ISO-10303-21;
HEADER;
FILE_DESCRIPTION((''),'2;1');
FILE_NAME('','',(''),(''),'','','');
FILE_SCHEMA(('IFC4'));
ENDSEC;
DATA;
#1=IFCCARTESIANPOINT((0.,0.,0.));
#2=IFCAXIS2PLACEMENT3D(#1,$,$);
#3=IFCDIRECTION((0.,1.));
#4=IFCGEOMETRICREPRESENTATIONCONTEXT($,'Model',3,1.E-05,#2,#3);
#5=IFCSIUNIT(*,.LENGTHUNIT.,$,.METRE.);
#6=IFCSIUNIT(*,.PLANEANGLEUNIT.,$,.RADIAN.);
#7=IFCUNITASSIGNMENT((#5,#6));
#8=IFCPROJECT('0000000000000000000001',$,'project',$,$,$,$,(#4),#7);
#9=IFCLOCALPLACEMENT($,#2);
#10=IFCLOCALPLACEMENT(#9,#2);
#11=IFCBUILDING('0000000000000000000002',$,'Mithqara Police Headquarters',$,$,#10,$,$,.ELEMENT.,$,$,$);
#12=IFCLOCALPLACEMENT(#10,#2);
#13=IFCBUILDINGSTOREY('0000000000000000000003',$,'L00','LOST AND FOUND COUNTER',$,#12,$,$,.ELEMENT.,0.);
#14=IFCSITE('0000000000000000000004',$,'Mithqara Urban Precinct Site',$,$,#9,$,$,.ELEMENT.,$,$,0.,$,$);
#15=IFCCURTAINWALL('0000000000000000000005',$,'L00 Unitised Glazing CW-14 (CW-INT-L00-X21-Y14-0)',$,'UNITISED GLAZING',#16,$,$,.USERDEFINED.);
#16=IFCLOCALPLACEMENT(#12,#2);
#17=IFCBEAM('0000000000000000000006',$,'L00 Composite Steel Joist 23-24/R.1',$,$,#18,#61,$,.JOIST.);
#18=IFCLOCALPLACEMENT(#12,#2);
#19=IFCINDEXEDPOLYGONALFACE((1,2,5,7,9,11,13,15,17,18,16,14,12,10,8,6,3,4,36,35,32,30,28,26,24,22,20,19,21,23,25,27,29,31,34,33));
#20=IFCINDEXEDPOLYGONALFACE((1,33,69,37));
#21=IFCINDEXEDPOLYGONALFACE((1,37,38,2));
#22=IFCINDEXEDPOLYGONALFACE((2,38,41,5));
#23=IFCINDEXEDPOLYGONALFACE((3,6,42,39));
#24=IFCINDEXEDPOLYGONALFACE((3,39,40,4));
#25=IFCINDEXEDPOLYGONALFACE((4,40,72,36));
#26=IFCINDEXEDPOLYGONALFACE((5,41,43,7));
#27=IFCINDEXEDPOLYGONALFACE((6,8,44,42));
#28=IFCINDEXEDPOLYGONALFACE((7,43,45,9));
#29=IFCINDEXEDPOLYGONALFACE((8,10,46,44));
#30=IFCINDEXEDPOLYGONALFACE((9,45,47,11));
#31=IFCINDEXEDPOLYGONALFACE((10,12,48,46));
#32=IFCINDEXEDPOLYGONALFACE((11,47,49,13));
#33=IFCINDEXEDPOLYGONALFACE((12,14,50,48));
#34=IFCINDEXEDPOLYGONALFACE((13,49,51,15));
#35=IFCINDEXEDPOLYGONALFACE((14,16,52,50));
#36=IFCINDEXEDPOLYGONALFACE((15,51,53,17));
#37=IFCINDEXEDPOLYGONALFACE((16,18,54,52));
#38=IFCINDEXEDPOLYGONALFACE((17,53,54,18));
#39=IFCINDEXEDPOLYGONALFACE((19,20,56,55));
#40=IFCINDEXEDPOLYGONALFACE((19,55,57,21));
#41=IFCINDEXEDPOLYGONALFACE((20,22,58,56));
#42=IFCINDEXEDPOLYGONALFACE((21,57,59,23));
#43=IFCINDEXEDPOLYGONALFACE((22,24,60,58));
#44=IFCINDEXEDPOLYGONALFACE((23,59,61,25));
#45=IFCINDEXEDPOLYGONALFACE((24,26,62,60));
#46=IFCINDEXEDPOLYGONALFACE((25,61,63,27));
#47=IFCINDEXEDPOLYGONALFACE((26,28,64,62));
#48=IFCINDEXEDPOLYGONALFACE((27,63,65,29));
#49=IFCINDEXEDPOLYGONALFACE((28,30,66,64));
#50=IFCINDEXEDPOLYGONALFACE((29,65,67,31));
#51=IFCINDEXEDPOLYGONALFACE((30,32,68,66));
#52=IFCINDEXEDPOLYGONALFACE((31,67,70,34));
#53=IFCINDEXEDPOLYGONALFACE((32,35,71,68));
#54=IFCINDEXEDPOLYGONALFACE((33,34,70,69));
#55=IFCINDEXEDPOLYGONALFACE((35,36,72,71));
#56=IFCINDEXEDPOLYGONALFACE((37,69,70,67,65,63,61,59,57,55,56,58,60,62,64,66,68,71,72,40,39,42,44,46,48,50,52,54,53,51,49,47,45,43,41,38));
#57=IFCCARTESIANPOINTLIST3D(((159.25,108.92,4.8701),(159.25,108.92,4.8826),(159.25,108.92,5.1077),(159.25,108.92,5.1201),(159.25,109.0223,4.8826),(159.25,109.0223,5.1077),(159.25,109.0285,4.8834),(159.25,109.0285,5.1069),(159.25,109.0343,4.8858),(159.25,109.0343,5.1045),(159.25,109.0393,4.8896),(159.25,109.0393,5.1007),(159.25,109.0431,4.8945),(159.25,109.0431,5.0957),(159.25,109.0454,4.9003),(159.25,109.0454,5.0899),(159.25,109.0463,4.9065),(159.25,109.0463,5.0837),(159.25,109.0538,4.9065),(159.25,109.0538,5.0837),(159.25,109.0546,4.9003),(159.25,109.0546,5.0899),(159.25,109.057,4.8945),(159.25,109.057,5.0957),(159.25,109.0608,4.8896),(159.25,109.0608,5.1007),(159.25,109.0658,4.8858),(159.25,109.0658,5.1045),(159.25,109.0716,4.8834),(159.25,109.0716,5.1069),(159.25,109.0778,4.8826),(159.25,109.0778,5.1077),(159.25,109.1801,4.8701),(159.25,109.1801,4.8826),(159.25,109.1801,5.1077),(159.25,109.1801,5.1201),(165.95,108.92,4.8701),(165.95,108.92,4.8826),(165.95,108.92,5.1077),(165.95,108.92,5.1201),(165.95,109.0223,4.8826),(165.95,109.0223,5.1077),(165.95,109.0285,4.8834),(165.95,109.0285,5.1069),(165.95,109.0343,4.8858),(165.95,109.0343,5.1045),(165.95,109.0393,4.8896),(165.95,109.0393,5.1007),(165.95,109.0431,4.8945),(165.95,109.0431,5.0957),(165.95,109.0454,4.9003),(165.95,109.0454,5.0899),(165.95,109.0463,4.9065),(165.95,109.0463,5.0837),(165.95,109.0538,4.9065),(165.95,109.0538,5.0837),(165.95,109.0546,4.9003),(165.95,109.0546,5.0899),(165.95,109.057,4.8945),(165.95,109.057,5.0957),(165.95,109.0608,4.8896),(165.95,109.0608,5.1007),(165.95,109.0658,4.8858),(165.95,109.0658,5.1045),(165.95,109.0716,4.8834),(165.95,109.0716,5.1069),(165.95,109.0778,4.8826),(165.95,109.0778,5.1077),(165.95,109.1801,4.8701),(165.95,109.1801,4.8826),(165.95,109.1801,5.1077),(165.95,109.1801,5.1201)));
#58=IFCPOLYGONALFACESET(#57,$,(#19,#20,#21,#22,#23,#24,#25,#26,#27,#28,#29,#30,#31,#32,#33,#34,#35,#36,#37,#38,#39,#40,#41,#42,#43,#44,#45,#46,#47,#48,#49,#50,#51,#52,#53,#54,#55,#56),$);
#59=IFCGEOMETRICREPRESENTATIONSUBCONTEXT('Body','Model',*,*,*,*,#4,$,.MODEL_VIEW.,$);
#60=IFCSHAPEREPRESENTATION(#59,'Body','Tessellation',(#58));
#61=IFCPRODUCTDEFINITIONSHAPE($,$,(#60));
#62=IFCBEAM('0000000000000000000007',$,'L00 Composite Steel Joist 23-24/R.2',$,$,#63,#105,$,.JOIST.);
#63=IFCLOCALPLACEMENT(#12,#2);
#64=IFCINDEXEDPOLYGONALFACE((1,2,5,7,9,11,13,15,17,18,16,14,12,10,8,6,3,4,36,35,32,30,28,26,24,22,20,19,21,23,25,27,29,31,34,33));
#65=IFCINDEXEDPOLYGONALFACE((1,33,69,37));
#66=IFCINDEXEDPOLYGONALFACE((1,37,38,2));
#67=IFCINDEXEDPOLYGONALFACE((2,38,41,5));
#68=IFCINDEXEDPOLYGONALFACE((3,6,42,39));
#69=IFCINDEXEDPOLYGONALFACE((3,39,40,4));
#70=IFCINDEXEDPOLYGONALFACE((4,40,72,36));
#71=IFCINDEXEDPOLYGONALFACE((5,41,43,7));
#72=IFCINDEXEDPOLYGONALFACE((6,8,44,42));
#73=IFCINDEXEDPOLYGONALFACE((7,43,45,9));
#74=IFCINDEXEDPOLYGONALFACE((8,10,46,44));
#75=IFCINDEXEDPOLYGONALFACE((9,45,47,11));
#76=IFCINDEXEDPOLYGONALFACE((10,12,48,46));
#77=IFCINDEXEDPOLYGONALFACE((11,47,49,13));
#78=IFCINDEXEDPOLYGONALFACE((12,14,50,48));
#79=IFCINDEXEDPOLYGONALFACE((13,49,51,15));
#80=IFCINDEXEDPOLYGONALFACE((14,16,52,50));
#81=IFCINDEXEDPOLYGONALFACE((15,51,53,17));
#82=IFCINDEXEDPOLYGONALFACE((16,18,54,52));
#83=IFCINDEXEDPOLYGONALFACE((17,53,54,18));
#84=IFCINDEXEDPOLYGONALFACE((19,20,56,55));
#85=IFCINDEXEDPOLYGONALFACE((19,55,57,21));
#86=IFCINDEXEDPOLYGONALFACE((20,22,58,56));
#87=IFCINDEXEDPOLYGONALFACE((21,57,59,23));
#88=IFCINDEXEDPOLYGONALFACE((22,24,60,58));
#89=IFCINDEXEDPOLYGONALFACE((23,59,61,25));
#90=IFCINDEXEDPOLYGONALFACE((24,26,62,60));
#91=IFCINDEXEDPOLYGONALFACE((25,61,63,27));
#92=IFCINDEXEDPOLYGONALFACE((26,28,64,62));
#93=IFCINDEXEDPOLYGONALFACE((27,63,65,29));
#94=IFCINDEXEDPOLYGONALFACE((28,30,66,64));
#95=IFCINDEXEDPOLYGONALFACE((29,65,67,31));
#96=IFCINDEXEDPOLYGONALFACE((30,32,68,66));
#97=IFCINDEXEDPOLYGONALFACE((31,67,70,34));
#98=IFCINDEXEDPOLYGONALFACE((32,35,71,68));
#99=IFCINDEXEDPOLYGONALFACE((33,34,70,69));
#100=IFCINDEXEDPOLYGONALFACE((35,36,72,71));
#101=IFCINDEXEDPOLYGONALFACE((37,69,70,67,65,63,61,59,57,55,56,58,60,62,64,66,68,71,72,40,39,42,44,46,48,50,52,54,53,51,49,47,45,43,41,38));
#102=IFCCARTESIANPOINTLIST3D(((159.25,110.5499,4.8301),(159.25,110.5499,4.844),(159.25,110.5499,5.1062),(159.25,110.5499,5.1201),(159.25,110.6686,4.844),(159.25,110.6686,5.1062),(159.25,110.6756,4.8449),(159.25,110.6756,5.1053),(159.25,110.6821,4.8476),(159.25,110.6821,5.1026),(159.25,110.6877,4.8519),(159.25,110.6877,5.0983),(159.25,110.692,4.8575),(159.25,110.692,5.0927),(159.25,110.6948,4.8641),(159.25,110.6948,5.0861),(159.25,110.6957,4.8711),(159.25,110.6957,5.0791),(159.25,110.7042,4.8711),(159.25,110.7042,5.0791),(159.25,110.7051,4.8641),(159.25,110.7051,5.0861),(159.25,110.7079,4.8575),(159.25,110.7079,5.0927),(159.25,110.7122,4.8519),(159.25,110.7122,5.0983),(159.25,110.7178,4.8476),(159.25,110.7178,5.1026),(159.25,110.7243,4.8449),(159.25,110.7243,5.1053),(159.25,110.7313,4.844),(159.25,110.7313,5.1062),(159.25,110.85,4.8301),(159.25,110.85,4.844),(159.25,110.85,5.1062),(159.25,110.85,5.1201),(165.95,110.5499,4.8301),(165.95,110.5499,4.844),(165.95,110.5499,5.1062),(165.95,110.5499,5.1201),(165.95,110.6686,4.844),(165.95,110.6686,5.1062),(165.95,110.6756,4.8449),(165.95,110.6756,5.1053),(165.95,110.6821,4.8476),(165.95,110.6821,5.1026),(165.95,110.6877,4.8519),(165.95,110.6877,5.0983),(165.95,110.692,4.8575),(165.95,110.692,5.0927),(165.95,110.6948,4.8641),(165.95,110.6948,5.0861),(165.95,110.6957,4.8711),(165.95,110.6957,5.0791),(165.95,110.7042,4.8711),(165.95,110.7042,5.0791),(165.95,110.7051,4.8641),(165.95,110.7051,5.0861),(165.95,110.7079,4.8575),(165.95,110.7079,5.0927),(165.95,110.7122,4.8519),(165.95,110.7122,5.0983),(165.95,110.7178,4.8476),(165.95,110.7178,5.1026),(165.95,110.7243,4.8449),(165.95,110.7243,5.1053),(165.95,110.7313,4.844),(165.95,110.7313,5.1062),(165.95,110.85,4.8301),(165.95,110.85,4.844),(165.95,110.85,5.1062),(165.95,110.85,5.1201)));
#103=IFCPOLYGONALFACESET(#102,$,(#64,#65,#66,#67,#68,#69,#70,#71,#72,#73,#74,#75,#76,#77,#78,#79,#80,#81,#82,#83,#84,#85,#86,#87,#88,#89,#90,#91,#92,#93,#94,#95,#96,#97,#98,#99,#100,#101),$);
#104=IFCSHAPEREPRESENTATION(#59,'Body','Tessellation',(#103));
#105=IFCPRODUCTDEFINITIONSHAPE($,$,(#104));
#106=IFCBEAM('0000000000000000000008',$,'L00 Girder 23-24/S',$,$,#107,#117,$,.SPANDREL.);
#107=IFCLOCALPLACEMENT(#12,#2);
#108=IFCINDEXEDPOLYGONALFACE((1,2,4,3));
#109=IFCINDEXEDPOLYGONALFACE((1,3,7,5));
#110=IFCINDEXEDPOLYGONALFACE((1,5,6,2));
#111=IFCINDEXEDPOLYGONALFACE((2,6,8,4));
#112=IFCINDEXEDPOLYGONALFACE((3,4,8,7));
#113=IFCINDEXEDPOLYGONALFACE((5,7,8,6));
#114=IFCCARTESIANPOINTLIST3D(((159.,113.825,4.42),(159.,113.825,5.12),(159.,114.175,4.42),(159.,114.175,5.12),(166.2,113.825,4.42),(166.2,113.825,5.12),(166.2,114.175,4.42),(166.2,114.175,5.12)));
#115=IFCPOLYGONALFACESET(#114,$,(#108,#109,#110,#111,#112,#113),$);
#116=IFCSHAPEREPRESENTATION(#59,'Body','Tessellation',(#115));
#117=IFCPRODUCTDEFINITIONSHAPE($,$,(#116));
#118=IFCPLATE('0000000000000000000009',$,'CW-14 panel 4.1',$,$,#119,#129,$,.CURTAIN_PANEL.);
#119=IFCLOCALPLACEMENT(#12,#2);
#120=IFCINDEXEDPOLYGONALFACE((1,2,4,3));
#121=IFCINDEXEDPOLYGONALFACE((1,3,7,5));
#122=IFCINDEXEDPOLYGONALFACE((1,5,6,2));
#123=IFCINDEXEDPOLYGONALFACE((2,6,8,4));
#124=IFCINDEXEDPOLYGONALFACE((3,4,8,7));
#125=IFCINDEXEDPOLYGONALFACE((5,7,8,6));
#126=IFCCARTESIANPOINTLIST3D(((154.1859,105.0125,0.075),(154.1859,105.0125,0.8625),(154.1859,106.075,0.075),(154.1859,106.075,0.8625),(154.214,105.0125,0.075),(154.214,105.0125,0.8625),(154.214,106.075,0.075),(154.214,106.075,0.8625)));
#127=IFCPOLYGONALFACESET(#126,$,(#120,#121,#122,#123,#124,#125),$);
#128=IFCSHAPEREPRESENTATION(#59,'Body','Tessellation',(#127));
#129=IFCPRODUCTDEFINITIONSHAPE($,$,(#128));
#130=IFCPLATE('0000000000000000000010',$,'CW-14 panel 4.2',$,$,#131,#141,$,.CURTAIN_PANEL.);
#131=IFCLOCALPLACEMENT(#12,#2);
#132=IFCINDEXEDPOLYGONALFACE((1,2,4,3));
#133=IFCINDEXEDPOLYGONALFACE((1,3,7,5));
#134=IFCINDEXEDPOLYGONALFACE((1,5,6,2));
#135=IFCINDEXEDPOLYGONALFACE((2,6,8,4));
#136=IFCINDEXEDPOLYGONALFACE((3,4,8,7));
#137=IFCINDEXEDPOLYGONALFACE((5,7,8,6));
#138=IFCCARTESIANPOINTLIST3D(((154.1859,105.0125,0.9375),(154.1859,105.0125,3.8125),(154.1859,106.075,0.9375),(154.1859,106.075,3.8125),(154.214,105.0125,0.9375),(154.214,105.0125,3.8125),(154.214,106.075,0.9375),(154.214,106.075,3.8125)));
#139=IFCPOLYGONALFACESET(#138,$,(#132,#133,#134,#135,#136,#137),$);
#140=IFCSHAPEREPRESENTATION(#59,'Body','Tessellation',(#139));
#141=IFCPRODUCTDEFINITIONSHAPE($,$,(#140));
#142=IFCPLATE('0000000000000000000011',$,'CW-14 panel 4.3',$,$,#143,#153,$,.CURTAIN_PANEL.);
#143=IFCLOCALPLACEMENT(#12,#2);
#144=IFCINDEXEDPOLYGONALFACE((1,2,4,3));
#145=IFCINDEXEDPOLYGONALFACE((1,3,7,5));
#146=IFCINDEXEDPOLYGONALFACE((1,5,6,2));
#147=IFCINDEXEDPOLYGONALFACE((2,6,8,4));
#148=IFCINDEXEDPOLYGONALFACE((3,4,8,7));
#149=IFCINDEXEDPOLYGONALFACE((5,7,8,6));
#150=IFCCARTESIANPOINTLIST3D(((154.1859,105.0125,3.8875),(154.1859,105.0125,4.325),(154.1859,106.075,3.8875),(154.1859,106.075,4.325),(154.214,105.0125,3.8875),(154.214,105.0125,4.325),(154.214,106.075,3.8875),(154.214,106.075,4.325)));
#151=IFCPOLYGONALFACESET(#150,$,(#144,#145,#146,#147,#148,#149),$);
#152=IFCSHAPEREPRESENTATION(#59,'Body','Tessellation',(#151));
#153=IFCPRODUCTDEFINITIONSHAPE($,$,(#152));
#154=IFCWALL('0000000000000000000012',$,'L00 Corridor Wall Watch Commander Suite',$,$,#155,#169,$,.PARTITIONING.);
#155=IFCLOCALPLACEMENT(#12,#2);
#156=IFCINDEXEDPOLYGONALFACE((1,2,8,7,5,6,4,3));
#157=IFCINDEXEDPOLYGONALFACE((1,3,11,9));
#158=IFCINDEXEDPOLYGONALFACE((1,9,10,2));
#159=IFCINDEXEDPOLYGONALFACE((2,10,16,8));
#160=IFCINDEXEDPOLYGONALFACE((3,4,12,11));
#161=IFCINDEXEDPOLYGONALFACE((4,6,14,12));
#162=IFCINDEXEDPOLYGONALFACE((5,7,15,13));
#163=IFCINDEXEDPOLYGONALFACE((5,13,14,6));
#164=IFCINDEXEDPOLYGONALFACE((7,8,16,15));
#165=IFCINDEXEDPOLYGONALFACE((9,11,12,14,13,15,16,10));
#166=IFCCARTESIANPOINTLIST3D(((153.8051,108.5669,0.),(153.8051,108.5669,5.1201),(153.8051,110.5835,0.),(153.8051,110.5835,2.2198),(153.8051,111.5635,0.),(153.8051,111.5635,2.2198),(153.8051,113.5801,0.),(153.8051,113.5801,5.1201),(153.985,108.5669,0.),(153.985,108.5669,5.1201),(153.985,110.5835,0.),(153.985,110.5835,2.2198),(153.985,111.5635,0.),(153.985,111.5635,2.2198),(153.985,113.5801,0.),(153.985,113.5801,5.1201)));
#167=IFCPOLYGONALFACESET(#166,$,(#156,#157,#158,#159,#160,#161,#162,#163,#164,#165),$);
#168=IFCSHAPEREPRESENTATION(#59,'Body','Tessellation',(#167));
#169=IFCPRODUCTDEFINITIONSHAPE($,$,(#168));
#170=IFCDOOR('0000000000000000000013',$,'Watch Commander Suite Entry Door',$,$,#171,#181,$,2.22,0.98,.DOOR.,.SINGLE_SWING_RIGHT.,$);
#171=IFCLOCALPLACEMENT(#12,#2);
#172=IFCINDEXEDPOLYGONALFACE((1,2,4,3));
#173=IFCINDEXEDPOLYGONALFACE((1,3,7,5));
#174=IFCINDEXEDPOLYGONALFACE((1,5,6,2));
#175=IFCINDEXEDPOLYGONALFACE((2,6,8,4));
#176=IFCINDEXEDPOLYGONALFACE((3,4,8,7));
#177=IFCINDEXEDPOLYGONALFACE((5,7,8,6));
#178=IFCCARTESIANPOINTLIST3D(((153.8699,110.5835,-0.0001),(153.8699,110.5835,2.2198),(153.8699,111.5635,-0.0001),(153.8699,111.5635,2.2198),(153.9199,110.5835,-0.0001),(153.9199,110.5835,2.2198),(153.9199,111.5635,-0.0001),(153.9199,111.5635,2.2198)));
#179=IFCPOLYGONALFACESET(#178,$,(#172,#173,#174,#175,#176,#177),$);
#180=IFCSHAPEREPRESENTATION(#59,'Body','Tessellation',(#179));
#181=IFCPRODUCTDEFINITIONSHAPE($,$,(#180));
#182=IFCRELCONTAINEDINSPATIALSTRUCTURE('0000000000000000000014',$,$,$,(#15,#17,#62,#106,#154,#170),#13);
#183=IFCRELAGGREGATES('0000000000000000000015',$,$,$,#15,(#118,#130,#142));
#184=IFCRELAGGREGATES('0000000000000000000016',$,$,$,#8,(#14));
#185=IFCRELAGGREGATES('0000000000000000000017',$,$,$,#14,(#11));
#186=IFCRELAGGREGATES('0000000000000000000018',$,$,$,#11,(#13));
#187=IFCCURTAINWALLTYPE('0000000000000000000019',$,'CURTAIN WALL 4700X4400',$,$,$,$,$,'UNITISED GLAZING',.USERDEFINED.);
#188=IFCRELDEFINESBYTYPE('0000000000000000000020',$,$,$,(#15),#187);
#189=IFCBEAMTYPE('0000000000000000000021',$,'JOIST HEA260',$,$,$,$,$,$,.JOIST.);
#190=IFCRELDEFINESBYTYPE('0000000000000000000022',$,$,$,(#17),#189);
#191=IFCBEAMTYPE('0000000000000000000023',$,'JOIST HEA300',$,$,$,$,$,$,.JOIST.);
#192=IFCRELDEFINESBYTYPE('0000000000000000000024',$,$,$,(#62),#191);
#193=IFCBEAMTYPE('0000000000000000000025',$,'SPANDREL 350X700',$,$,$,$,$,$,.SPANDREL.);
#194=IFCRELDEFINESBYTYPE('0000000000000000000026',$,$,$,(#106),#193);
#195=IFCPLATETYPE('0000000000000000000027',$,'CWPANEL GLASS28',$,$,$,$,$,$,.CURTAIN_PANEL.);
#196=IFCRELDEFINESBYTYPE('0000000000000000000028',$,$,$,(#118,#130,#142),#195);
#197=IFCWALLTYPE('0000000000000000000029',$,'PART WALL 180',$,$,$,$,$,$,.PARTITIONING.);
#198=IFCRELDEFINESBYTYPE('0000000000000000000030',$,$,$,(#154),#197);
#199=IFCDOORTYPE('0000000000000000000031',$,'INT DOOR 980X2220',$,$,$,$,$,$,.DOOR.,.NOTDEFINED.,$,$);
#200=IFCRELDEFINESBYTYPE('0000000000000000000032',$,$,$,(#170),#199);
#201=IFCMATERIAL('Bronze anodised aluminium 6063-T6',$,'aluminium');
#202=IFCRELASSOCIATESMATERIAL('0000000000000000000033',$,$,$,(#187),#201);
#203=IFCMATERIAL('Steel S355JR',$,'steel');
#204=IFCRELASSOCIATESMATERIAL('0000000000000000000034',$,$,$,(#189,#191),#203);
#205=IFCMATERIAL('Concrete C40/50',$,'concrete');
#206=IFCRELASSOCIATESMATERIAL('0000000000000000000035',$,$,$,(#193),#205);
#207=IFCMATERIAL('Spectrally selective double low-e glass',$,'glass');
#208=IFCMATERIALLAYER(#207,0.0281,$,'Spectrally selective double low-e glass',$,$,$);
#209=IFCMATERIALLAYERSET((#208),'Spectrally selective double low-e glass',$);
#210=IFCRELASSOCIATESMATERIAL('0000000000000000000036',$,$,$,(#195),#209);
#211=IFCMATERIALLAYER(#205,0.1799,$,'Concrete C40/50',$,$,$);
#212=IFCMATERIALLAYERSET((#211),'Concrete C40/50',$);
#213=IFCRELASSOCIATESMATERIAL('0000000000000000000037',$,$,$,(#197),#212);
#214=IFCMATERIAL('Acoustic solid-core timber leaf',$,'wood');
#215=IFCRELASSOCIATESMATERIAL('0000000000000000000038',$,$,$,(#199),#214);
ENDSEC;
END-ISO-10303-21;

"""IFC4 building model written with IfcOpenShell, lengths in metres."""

from ifc_helpers import new_model, si_unit, direction, frame, frame_2d, origin, origin_2d, place, context, subcontext, project, spatial, rectangle, i_section, extrude, material, layer, layer_set, material_profile, profile_set, type_object, element, fill, aggregate, save


model = new_model("IFC4")

# Units and contexts
model_context = context("Model", 3, precision=1e-05, world=origin(), true_north=direction((0.0, 1.0)))
body_context = subcontext(model_context, "Body", "Model", "MODEL_VIEW")
ifc_project = project(units=[si_unit("LENGTHUNIT", "METRE"), si_unit("PLANEANGLEUNIT", "RADIAN")], contexts=[model_context])

# Site, building, storey
site_placement = place(None, origin())
site = spatial("IfcSite", under=ifc_project, at=site_placement, Name="Mithqara Urban Precinct Site", CompositionType="ELEMENT", RefElevation=0.0)
building_placement = place(site_placement, origin())
building = spatial("IfcBuilding", under=site, at=building_placement, Name="Mithqara Police Headquarters", CompositionType="ELEMENT")
storey_placement = place(building_placement, origin())
storey = spatial("IfcBuildingStorey", under=building, at=storey_placement, Name="L00", Description="LOST AND FOUND COUNTER", CompositionType="ELEMENT", Elevation=0.0)

# Shared definitions
ifc_material_1 = material(Name="Concrete C40/50", Category="concrete")

# Shared definitions
ifc_material_2 = material(Name="Steel S355JR", Category="steel")

# Curtain wall
ifc_material_3 = material(Name="Bronze anodised aluminium 6063-T6", Category="aluminium")
curtain_wall_type = type_object("IfcCurtainWallType", Name="CURTAIN WALL 4700X4400", ElementType="UNITISED GLAZING", PredefinedType="USERDEFINED", material=ifc_material_3)
curtain_wall_placement = place(storey_placement, origin())
curtain_wall = element("IfcCurtainWall", 1, at=curtain_wall_placement, inside=storey, type_object=curtain_wall_type, Name="L00 Unitised Glazing CW-14 (CW-INT-L00-X21-Y14-0)", ObjectType="UNITISED GLAZING", PredefinedType="USERDEFINED")

# Beams
ifc_material_profile_1 = material_profile(ifc_material_2, i_section(OverallWidth=0.26, OverallDepth=0.25, WebThickness=0.0076, FlangeThickness=0.0125, FilletRadius=0.0239, at=origin_2d()), Name="HEA 260")
ifc_profile_set_1 = profile_set([ifc_material_profile_1], Name="Steel S355JR")
beam_type_1 = type_object("IfcBeamType", Name="JOIST HEA260", PredefinedType="JOIST", material=ifc_profile_set_1)
beam_1_placement = place(storey_placement, frame((159.25, 109.05, 4.9951), z_axis=(1.0, 0.0, 0.0), x_axis=(0.0, 1.0, 0.0)))
element("IfcBeam", 2, at=beam_1_placement, inside=storey, type_object=beam_type_1, Name="L00 Composite Steel Joist 23-24/R.1", PredefinedType="JOIST", context=body_context, shape_type="SweptSolid", body=[
    extrude(i_section(OverallWidth=0.26, OverallDepth=0.25, WebThickness=0.0076, FlangeThickness=0.0125, FilletRadius=0.0239, at=origin_2d()), origin(), (0.0, 0.0, 1.0), 6.7),
])
ifc_material_profile_2 = material_profile(ifc_material_2, i_section(OverallWidth=0.3, OverallDepth=0.29, WebThickness=0.0085, FlangeThickness=0.0139, FilletRadius=0.0271, at=origin_2d()), Name="HEA 300")
ifc_profile_set_2 = profile_set([ifc_material_profile_2], Name="Steel S355JR")
beam_type_2 = type_object("IfcBeamType", Name="JOIST HEA300", PredefinedType="JOIST", material=ifc_profile_set_2)
beam_2_placement = place(storey_placement, frame((159.25, 110.7, 4.9751), z_axis=(1.0, 0.0, 0.0), x_axis=(0.0, 1.0, 0.0)))
element("IfcBeam", 3, at=beam_2_placement, inside=storey, type_object=beam_type_2, Name="L00 Composite Steel Joist 23-24/R.2", PredefinedType="JOIST", context=body_context, shape_type="SweptSolid", body=[
    extrude(i_section(OverallWidth=0.3, OverallDepth=0.29, WebThickness=0.0085, FlangeThickness=0.0139, FilletRadius=0.0271, at=origin_2d()), origin(), (0.0, 0.0, 1.0), 6.7),
])
ifc_material_profile_3 = material_profile(ifc_material_1, rectangle(XDim=0.3501, YDim=0.7, at=origin_2d()), Name="SPB 350x700")
ifc_profile_set_3 = profile_set([ifc_material_profile_3], Name="Concrete C40/50")
beam_type_3 = type_object("IfcBeamType", Name="SPANDREL 350X700", PredefinedType="SPANDREL", material=ifc_profile_set_3)
beam_3_placement = place(storey_placement, frame((159.0, 114.0, 4.77), z_axis=(1.0, 0.0, 0.0), x_axis=(0.0, 1.0, 0.0)))
element("IfcBeam", 4, at=beam_3_placement, inside=storey, type_object=beam_type_3, Name="L00 Girder 23-24/S", PredefinedType="SPANDREL", context=body_context, shape_type="SweptSolid", body=[
    extrude(rectangle(XDim=0.3501, YDim=0.7, at=origin_2d()), origin(), (0.0, 0.0, 1.0), 7.2),
])

# Plates
ifc_material_4 = material(Name="Spectrally selective double low-e glass", Category="glass")
ifc_layer_1 = layer(ifc_material_4, 0.0281, Name="Spectrally selective double low-e glass")
ifc_layer_set_1 = layer_set([ifc_layer_1], Name="Spectrally selective double low-e glass")
plate_type = type_object("IfcPlateType", Name="CWPANEL GLASS28", PredefinedType="CURTAIN_PANEL", material=ifc_layer_set_1)
plate_1_placement = place(storey_placement, frame((154.2, 105.5437, 0.075), z_axis=(0.0, 0.0, 1.0), x_axis=(0.0, 1.0, 0.0)))
plate_1 = element("IfcPlate", 5, at=plate_1_placement, type_object=plate_type, Name="CW-14 panel 4.1", PredefinedType="CURTAIN_PANEL", context=body_context, shape_type="SweptSolid", body=[
    extrude(rectangle(XDim=1.0625, YDim=0.0281, at=origin_2d()), origin(), (0.0, 0.0, 1.0), 0.7876),
])
plate_2_placement = place(storey_placement, frame((154.2, 105.5437, 0.9375), z_axis=(0.0, 0.0, 1.0), x_axis=(0.0, 1.0, 0.0)))
plate_2 = element("IfcPlate", 6, at=plate_2_placement, type_object=plate_type, Name="CW-14 panel 4.2", PredefinedType="CURTAIN_PANEL", context=body_context, shape_type="SweptSolid", body=[
    extrude(rectangle(XDim=1.0625, YDim=0.0281, at=origin_2d()), origin(), (0.0, 0.0, 1.0), 2.875),
])
plate_3_placement = place(storey_placement, frame((154.2, 105.5437, 3.8875), z_axis=(0.0, 0.0, 1.0), x_axis=(0.0, 1.0, 0.0)))
plate_3 = element("IfcPlate", 7, at=plate_3_placement, type_object=plate_type, Name="CW-14 panel 4.3", PredefinedType="CURTAIN_PANEL", context=body_context, shape_type="SweptSolid", body=[
    extrude(rectangle(XDim=1.0625, YDim=0.0281, at=origin_2d()), origin(), (0.0, 0.0, 1.0), 0.4375),
])
aggregate(curtain_wall, [plate_1, plate_2, plate_3])

# Wall, opening, door
ifc_layer_2 = layer(ifc_material_1, 0.1799, Name="Concrete C40/50")
ifc_layer_set_2 = layer_set([ifc_layer_2], Name="Concrete C40/50")
wall_type = type_object("IfcWallType", Name="PART WALL 180", PredefinedType="PARTITIONING", material=ifc_layer_set_2)
wall_1_placement = place(storey_placement, frame((153.895, 108.5669, 0.0), z_axis=(0.0, 0.0, 1.0), x_axis=(0.0, 1.0, 0.0)))
wall_1 = element("IfcWall", 8, at=wall_1_placement, inside=storey, type_object=wall_type, Name="L00 Corridor Wall Watch Commander Suite", PredefinedType="PARTITIONING", context=body_context, shape_type="SweptSolid", body=[
    extrude(rectangle(XDim=5.0132, YDim=0.1799, at=frame_2d((2.5066, 0.0))), origin(), (0.0, 0.0, 1.0), 5.1201),
])
opening_1_placement = place(wall_1_placement, frame((2.0166, 0.0, 0.0)))
opening_1 = element("IfcOpeningElement", 9, at=opening_1_placement, cuts=wall_1, PredefinedType="OPENING", context=body_context, shape_type="SweptSolid", body=[
    extrude(rectangle(XDim=0.98, YDim=2.22, at=frame_2d((0.49, 1.1099))), frame((0.0, 0.1001, 0.0), z_axis=(0.0, -1.0, 0.0), x_axis=(1.0, 0.0, 0.0)), (0.0, 0.0, 1.0), 0.2),
])
ifc_material_5 = material(Name="Acoustic solid-core timber leaf", Category="wood")
door_type_1 = type_object("IfcDoorType", Name="INT DOOR 980X2220", OperationType="NOTDEFINED", PredefinedType="DOOR", material=ifc_material_5)
door_1_placement = place(opening_1_placement, frame((0.98, 0.0, 0.0), z_axis=(0.0, 0.0, 1.0), x_axis=(-1.0, 0.0, 0.0)))
door_1 = element("IfcDoor", 10, at=door_1_placement, inside=storey, type_object=door_type_1, Name="Watch Commander Suite Entry Door", OperationType="SINGLE_SWING_RIGHT", OverallHeight=2.22, OverallWidth=0.98, PredefinedType="DOOR", context=body_context, shape_type="SweptSolid", body=[
    extrude(rectangle(XDim=0.98, YDim=2.22, at=frame_2d((0.49, 1.1099))), frame((0.0, 0.0249, 0.0), z_axis=(0.0, -1.0, 0.0), x_axis=(1.0, 0.0, 0.0)), (0.0, 0.0, 1.0), 0.05),
])
fill(opening_1, door_1)

save(model, "model.ifc")
